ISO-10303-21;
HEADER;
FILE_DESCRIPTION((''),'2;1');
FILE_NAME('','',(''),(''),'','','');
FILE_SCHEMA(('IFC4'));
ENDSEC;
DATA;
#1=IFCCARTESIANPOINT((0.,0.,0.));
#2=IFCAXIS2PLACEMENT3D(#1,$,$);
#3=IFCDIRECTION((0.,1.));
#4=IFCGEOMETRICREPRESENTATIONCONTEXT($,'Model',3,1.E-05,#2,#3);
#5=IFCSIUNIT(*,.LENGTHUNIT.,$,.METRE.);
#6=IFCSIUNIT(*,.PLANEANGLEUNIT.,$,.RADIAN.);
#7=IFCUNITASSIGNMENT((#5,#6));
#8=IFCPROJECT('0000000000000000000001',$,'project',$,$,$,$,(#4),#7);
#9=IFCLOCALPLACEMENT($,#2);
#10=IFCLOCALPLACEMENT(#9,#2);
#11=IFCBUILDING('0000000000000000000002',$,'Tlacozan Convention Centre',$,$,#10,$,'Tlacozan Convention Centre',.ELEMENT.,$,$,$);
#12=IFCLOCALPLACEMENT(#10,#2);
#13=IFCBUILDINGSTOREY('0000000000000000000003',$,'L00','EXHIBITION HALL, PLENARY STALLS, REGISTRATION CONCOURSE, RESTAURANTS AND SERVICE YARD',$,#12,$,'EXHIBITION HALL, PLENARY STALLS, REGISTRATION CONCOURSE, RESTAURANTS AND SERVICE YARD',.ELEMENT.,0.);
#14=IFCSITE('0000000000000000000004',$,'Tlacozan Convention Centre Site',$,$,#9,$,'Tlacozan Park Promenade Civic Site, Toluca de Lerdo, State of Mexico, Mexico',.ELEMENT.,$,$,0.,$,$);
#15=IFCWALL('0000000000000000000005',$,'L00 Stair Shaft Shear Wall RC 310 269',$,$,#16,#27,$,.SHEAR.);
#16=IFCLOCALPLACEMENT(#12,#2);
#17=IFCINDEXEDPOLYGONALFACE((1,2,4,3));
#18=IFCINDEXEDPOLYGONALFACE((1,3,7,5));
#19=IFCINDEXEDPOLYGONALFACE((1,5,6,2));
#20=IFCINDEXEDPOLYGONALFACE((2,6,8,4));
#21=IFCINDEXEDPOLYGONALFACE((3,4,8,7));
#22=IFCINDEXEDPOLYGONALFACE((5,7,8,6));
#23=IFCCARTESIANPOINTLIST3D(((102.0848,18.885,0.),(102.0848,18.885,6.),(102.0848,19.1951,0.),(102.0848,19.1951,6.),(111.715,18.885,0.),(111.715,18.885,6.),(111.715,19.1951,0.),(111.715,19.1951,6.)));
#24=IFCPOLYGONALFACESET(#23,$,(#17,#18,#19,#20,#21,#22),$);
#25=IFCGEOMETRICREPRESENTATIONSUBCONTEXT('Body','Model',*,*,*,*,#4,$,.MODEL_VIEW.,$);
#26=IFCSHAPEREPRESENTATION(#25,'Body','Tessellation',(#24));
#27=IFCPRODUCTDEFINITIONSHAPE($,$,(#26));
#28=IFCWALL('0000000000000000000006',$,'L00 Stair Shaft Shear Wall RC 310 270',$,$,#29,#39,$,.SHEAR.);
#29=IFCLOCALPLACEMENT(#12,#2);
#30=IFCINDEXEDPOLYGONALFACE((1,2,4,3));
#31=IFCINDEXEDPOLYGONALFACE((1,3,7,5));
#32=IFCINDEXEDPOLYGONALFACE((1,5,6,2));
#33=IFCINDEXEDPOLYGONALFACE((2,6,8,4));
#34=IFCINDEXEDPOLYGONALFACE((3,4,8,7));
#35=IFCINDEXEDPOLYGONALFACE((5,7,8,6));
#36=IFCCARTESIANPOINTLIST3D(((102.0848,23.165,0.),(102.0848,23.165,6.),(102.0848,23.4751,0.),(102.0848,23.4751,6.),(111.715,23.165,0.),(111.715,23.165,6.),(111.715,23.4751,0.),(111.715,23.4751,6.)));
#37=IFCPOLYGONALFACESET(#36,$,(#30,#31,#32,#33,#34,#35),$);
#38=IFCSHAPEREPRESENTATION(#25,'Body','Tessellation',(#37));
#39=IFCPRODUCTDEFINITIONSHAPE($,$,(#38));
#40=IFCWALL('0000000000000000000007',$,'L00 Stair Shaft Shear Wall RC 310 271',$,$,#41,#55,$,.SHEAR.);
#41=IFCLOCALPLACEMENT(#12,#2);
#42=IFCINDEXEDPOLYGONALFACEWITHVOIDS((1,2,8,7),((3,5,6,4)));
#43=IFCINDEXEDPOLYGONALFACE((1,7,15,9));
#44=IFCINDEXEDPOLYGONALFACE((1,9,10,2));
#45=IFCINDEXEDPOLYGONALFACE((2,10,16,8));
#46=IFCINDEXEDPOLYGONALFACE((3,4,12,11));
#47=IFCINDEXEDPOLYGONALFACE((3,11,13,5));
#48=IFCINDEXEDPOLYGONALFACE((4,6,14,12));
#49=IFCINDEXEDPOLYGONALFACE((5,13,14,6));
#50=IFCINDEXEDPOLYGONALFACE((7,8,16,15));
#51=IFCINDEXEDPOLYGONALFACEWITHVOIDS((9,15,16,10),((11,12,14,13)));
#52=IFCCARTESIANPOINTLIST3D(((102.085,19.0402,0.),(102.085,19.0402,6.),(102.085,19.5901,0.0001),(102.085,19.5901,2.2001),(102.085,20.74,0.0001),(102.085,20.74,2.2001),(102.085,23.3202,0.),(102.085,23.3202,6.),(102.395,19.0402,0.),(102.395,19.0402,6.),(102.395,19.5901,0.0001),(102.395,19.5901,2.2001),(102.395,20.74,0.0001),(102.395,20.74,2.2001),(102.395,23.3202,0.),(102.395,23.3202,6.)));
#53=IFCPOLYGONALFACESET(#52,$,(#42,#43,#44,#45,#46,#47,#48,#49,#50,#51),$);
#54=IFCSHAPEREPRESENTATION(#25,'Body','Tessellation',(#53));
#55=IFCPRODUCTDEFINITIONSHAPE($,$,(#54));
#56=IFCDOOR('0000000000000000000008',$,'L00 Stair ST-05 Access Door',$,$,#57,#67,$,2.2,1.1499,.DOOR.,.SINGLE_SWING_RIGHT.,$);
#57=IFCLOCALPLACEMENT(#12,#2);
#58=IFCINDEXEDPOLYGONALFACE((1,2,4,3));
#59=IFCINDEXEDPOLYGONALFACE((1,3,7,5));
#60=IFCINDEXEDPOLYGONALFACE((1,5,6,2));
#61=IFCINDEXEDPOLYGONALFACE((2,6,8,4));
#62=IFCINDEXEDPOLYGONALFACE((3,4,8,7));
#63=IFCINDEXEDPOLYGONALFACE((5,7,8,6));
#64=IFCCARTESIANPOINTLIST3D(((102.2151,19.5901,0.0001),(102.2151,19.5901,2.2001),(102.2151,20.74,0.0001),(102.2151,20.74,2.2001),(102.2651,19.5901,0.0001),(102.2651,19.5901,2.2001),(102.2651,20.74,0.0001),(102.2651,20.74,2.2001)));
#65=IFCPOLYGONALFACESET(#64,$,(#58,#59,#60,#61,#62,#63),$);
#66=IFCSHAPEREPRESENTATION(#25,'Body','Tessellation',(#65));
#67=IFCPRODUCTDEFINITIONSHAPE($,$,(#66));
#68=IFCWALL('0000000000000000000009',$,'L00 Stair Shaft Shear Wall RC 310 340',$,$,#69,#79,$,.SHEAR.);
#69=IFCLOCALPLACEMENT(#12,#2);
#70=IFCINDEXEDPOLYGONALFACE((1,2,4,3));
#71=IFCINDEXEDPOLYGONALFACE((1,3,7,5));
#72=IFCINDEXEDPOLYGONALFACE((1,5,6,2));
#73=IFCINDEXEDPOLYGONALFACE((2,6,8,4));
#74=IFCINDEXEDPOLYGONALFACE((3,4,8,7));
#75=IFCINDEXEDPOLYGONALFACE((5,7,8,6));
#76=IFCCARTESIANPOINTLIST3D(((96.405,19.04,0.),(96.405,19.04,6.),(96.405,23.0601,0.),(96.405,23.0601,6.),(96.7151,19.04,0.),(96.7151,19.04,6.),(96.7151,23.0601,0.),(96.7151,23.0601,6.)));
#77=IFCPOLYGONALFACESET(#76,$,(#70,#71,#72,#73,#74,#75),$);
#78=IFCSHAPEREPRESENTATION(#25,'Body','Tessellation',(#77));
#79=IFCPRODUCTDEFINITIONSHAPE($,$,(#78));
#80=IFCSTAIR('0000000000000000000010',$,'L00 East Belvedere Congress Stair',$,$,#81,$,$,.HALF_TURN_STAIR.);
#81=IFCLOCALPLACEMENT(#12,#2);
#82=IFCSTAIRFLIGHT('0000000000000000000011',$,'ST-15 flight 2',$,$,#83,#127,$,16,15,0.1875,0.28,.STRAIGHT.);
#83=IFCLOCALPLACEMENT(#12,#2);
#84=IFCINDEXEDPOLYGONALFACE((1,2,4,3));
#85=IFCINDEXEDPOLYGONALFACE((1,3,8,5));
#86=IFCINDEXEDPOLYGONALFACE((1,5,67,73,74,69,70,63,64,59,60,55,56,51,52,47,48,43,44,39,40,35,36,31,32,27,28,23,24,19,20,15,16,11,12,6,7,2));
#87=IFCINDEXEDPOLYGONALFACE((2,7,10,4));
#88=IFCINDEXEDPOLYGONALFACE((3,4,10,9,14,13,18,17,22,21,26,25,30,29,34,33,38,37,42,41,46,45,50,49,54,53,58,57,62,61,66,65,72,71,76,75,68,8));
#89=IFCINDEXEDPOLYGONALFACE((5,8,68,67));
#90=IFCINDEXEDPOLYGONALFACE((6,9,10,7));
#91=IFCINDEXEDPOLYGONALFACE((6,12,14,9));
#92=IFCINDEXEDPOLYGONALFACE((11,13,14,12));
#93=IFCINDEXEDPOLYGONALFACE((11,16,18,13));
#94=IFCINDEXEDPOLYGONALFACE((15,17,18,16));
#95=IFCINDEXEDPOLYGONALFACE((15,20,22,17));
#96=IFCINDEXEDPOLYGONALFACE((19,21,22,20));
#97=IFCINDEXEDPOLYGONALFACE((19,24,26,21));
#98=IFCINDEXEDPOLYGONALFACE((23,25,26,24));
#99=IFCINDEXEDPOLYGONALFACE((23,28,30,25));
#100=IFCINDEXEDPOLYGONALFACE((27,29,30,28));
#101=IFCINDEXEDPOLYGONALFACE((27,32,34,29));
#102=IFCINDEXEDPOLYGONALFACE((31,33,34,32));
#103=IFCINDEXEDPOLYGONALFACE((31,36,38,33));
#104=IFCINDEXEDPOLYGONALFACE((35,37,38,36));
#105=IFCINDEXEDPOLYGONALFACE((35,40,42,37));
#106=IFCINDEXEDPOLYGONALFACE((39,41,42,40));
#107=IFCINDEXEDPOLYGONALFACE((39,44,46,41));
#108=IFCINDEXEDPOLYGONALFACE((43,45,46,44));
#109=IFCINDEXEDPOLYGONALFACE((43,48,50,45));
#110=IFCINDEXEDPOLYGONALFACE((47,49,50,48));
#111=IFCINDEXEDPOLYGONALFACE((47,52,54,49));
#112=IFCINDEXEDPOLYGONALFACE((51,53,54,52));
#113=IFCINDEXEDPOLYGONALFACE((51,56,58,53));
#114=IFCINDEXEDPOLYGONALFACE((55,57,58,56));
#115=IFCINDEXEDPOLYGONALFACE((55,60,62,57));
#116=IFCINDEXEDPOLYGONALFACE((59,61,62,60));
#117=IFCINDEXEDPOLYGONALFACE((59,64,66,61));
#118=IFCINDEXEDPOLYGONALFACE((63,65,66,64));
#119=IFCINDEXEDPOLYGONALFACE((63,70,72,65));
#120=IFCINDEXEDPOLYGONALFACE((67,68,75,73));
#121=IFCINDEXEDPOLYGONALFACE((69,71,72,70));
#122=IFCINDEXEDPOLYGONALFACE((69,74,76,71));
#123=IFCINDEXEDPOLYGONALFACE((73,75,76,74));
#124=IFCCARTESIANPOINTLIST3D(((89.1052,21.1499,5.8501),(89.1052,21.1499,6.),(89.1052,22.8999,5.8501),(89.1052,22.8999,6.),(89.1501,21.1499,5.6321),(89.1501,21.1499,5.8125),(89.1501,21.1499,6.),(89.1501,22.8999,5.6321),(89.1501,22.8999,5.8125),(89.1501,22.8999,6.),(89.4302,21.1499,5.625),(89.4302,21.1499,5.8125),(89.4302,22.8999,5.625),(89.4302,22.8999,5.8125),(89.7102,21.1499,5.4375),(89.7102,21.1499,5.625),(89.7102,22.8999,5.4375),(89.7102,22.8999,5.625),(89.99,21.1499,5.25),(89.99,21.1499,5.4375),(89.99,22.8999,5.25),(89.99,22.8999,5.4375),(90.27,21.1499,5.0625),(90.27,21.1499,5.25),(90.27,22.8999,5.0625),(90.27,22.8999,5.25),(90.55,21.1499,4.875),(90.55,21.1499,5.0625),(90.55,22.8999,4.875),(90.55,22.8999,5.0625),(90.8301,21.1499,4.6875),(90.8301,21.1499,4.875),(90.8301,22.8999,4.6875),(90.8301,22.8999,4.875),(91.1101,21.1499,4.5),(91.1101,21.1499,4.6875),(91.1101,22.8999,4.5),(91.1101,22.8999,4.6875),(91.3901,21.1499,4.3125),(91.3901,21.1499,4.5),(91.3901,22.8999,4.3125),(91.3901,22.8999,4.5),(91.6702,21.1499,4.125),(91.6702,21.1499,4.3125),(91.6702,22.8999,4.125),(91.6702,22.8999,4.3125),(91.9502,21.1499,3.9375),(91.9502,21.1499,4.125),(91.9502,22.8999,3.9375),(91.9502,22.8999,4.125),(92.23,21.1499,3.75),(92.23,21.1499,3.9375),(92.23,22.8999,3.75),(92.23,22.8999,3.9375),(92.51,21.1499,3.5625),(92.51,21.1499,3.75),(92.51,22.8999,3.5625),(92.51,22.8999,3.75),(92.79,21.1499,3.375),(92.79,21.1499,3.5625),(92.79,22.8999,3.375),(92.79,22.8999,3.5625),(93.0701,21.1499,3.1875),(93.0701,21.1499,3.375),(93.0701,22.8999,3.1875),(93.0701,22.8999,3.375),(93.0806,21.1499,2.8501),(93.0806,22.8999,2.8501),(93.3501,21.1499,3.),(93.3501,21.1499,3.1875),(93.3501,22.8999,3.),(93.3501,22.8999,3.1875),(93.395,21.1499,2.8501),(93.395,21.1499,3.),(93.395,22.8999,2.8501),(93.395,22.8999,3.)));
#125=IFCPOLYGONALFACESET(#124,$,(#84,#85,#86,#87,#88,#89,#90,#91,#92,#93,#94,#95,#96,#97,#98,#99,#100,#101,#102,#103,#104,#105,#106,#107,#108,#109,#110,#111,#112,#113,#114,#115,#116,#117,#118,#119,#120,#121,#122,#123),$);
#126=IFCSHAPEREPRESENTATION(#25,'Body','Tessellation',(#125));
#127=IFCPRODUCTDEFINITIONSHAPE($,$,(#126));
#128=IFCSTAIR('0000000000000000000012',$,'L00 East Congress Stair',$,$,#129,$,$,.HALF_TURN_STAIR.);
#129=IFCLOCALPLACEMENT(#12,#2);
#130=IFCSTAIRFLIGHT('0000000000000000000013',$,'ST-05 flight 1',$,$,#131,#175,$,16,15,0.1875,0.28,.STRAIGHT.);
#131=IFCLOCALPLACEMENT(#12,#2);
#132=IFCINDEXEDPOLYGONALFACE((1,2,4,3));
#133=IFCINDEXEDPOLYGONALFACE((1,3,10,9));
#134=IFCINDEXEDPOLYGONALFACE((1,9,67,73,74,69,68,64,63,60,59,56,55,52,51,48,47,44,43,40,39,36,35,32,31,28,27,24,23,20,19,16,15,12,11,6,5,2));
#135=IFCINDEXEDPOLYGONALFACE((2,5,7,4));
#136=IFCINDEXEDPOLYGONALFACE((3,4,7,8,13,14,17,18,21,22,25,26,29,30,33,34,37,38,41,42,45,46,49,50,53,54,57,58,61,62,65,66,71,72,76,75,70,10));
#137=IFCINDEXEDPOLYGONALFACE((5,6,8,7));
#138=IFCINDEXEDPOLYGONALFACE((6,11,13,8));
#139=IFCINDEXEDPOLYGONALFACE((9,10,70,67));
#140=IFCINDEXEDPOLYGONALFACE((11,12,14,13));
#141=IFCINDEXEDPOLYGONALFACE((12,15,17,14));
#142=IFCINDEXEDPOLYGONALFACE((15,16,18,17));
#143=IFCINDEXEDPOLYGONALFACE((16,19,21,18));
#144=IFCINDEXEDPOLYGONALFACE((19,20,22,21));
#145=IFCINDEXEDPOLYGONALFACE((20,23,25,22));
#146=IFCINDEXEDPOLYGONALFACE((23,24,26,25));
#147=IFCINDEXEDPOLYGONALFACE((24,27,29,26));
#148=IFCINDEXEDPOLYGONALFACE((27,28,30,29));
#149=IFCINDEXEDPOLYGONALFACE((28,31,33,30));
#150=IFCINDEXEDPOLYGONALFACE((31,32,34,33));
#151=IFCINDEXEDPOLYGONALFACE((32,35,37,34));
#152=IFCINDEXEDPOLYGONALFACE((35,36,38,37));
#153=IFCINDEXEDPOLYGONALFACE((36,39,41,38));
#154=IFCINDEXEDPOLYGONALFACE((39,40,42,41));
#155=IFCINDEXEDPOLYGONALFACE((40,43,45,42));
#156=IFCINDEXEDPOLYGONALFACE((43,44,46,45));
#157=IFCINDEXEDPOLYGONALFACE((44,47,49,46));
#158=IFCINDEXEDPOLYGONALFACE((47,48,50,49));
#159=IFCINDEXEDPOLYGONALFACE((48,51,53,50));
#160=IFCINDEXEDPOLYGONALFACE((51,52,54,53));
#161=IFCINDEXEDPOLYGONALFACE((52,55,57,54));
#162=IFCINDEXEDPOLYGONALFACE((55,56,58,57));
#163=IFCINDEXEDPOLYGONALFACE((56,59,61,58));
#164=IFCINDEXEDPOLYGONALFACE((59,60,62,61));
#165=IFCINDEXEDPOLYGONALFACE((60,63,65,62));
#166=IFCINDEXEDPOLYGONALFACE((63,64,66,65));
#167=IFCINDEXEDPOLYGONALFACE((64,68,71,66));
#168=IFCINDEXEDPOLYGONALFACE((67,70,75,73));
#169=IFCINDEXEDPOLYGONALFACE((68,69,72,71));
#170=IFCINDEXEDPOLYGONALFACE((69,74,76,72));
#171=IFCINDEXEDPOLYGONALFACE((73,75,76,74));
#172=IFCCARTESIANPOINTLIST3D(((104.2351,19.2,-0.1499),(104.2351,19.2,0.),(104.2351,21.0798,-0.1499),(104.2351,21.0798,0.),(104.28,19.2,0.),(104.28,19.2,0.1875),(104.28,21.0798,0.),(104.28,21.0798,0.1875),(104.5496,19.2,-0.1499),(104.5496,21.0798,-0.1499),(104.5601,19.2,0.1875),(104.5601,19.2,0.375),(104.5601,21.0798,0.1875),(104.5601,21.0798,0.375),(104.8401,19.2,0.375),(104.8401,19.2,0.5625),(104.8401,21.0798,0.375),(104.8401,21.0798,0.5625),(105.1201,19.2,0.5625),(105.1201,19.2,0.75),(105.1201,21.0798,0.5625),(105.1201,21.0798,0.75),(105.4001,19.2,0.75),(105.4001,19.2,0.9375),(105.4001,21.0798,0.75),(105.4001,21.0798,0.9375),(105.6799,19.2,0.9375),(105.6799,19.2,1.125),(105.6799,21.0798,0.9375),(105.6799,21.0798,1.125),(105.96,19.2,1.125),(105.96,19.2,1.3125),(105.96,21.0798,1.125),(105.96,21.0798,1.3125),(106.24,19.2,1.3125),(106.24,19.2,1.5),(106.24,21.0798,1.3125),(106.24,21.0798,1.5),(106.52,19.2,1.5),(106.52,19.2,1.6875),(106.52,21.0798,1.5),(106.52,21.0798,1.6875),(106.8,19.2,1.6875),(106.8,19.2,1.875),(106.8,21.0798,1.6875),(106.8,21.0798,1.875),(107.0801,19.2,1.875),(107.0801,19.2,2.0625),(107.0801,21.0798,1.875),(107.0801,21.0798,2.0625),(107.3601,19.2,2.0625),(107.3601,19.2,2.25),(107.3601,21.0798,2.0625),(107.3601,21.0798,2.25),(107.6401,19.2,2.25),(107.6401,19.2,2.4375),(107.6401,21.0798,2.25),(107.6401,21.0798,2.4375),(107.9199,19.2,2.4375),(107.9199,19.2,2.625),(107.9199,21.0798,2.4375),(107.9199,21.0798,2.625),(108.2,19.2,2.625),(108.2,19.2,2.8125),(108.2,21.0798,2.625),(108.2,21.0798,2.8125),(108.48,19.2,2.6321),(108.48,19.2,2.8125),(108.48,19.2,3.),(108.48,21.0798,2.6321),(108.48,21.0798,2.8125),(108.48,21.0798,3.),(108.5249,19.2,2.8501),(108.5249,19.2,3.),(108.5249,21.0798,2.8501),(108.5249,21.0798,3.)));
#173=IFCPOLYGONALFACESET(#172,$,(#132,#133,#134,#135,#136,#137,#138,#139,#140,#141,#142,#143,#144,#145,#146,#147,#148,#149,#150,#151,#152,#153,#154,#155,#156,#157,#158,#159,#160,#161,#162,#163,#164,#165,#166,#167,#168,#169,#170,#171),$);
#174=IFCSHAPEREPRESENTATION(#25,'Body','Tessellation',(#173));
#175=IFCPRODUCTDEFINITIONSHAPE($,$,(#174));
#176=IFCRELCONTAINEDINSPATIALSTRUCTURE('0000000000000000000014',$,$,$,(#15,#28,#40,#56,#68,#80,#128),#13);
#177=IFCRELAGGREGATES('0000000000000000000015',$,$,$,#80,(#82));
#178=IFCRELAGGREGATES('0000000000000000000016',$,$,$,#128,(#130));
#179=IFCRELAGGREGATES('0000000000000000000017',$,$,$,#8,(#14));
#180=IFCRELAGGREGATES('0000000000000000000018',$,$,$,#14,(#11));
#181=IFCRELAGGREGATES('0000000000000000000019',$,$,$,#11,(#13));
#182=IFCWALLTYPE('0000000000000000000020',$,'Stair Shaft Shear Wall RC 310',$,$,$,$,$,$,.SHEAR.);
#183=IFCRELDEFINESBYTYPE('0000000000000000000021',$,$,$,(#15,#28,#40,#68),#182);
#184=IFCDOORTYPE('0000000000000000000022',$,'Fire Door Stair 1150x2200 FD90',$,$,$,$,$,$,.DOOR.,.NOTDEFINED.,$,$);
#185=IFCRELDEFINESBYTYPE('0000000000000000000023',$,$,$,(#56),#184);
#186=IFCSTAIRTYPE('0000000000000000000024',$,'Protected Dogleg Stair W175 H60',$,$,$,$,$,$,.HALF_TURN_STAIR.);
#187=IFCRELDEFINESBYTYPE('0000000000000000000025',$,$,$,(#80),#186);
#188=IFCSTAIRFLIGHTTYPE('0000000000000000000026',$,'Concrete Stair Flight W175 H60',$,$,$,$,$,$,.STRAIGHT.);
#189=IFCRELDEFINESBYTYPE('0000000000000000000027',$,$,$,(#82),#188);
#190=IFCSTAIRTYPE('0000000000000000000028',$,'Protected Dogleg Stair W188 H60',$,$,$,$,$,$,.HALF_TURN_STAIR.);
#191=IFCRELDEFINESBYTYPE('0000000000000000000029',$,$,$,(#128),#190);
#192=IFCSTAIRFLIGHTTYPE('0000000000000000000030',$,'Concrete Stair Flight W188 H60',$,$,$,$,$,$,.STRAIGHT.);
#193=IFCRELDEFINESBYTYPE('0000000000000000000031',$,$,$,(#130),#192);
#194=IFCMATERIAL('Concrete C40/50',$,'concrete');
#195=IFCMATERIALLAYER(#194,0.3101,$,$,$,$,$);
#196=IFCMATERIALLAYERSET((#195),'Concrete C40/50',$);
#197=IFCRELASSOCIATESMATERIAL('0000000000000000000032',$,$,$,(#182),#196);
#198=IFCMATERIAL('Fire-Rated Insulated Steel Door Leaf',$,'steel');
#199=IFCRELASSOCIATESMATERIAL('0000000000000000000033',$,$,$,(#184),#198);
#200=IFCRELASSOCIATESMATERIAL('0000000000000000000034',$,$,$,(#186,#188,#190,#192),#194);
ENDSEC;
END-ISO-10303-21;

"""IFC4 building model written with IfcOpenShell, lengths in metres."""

from ifc_helpers import new_model, si_unit, direction, frame, frame_2d, origin, place, context, subcontext, project, spatial, polyline, rectangle, outline, extrude, material, layer, layer_set, type_object, element, fill, aggregate, save


model = new_model("IFC4")

# Units and contexts
model_context = context("Model", 3, precision=1e-05, world=origin(), true_north=direction((0.0, 1.0)))
body_context = subcontext(model_context, "Body", "Model", "MODEL_VIEW")
ifc_project = project(units=[si_unit("LENGTHUNIT", "METRE"), si_unit("PLANEANGLEUNIT", "RADIAN")], contexts=[model_context])

# Site, building, storey
site_placement = place(None, origin())
site = spatial("IfcSite", under=ifc_project, at=site_placement, Name="Tlacozan Convention Centre Site", LongName="Tlacozan Park Promenade Civic Site, Toluca de Lerdo, State of Mexico, Mexico", CompositionType="ELEMENT", RefElevation=0.0)
building_placement = place(site_placement, origin())
building = spatial("IfcBuilding", under=site, at=building_placement, Name="Tlacozan Convention Centre", LongName="Tlacozan Convention Centre", CompositionType="ELEMENT")
storey_placement = place(building_placement, origin())
storey = spatial("IfcBuildingStorey", under=building, at=storey_placement, Name="L00", Description="EXHIBITION HALL, PLENARY STALLS, REGISTRATION CONCOURSE, RESTAURANTS AND SERVICE YARD", LongName="EXHIBITION HALL, PLENARY STALLS, REGISTRATION CONCOURSE, RESTAURANTS AND SERVICE YARD", CompositionType="ELEMENT", Elevation=0.0)

# Shared definitions
ifc_material_1 = material(Name="Concrete C40/50", Category="concrete")

# Walls
ifc_layer_1 = layer(ifc_material_1, 0.3101)
ifc_layer_set_1 = layer_set([ifc_layer_1], Name="Concrete C40/50")
wall_type_1 = type_object("IfcWallType", Name="Stair Shaft Shear Wall RC 310", PredefinedType="SHEAR", material=ifc_layer_set_1)
for number, where, z_axis, x_axis, name in (
    (1, (102.085, 19.04, 0.0), (0.0, 0.0, 1.0), (1.0, 0.0, 0.0), "L00 Stair Shaft Shear Wall RC 310 269"),
    (2, (102.085, 23.3201, 0.0), (0.0, 0.0, 1.0), (1.0, 0.0, 0.0), "L00 Stair Shaft Shear Wall RC 310 270"),
):
    element("IfcWall", number, at=place(storey_placement, frame(where, z_axis=z_axis, x_axis=x_axis)), inside=storey, type_object=wall_type_1, Name=name, PredefinedType="SHEAR", context=body_context, shape_type="SweptSolid", body=[
        extrude(rectangle(XDim=9.6301, YDim=0.3101, at=frame_2d((4.8149, 0.0))), origin(), (0.0, 0.0, 1.0), 6.0),
    ])

# Wall, opening, door
wall_1_placement = place(storey_placement, frame((102.24, 19.04, 0.0), z_axis=(0.0, 0.0, 1.0), x_axis=(0.0, 1.0, 0.0)))
wall_1 = element("IfcWall", 3, at=wall_1_placement, inside=storey, type_object=wall_type_1, Name="L00 Stair Shaft Shear Wall RC 310 271", PredefinedType="SHEAR", context=body_context, shape_type="SweptSolid", body=[
    extrude(rectangle(XDim=4.28, YDim=0.3101, at=frame_2d((2.1401, 0.0))), origin(), (0.0, 0.0, 1.0), 6.0),
])
opening_1_placement = place(wall_1_placement, frame((0.55, 0.0, 0.0)))
opening_1 = element("IfcOpeningElement", 4, at=opening_1_placement, cuts=wall_1, PredefinedType="OPENING", context=body_context, shape_type="SweptSolid", body=[
    extrude(rectangle(XDim=1.1499, YDim=2.2, at=frame_2d((0.575, 1.1001))), frame((0.0, 0.165, 0.0), z_axis=(0.0, -1.0, 0.0), x_axis=(1.0, 0.0, 0.0)), (0.0, 0.0, 1.0), 0.3301),
])
ifc_material_2 = material(Name="Fire-Rated Insulated Steel Door Leaf", Category="steel")
door_type_1 = type_object("IfcDoorType", Name="Fire Door Stair 1150x2200 FD90", OperationType="NOTDEFINED", PredefinedType="DOOR", material=ifc_material_2)
door_1_placement = place(opening_1_placement, origin())
door_1 = element("IfcDoor", 5, at=door_1_placement, inside=storey, type_object=door_type_1, Name="L00 Stair ST-05 Access Door", OperationType="SINGLE_SWING_RIGHT", OverallHeight=2.2, OverallWidth=1.1499, PredefinedType="DOOR", context=body_context, shape_type="SweptSolid", body=[
    extrude(rectangle(XDim=1.1499, YDim=2.2, at=frame_2d((0.575, 1.1001))), frame((0.0, 0.0249, 0.0), z_axis=(0.0, -1.0, 0.0), x_axis=(1.0, 0.0, 0.0)), (0.0, 0.0, 1.0), 0.05),
])
fill(opening_1, door_1)

# Wall
wall_2_placement = place(storey_placement, frame((96.5601, 19.04, 0.0), z_axis=(0.0, 0.0, 1.0), x_axis=(0.0, 1.0, 0.0)))
element("IfcWall", 6, at=wall_2_placement, inside=storey, type_object=wall_type_1, Name="L00 Stair Shaft Shear Wall RC 310 340", PredefinedType="SHEAR", context=body_context, shape_type="SweptSolid", body=[
    extrude(rectangle(XDim=4.02, YDim=0.3101, at=frame_2d((2.01, 0.0))), origin(), (0.0, 0.0, 1.0), 6.0),
])

# Stair, stair flight
stair_type_1 = type_object("IfcStairType", Name="Protected Dogleg Stair W175 H60", PredefinedType="HALF_TURN_STAIR", material=ifc_material_1)
stair_1_placement = place(storey_placement, origin())
stair_1 = element("IfcStair", 7, at=stair_1_placement, inside=storey, type_object=stair_type_1, Name="L00 East Belvedere Congress Stair", PredefinedType="HALF_TURN_STAIR")
stair_flight_type_1 = type_object("IfcStairFlightType", Name="Concrete Stair Flight W175 H60", PredefinedType="STRAIGHT", material=ifc_material_1)
stair_flight_1_placement = place(storey_placement, frame((93.3501, 22.0249, 3.0), z_axis=(0.0, 0.0, 1.0), x_axis=(-1.0, 0.0, 0.0)))
stair_flight_1 = element("IfcStairFlight", 8, at=stair_flight_1_placement, type_object=stair_flight_type_1, Name="ST-15 flight 2", NumberOfRisers=16, NumberOfTreads=15, PredefinedType="STRAIGHT", RiserHeight=0.1875, TreadLength=0.28, context=body_context, shape_type="SweptSolid", body=[
    extrude(outline(polyline([(-0.0449, -0.1499), (-0.0449, 0.0), (0.0, 0.0), (0.0, 0.1875), (0.28, 0.1875), (0.28, 0.375), (0.5601, 0.375), (0.5601, 0.5625), (0.8401, 0.5625), (0.8401, 0.75), (1.1201, 0.75), (1.1201, 0.9375), (1.3999, 0.9375), (1.3999, 1.125), (1.6799, 1.125), (1.6799, 1.3125), (1.96, 1.3125), (1.96, 1.5), (2.24, 1.5), (2.24, 1.6875), (2.52, 1.6875), (2.52, 1.875), (2.8, 1.875), (2.8, 2.0625), (3.0801, 2.0625), (3.0801, 2.25), (3.3601, 2.25), (3.3601, 2.4375), (3.6399, 2.4375), (3.6399, 2.625), (3.9199, 2.625), (3.9199, 2.8125), (4.2, 2.8125), (4.2, 3.0), (4.2449, 3.0), (4.2449, 2.8501), (4.2, 2.6321), (0.2695, -0.1499), (-0.0449, -0.1499)])), frame((0.0, 0.875, 0.0), z_axis=(0.0, -1.0, 0.0), x_axis=(1.0, 0.0, 0.0)), (0.0, 0.0, 1.0), 1.75),
])
aggregate(stair_1, [stair_flight_1])

# Stair, stair flight
stair_type_2 = type_object("IfcStairType", Name="Protected Dogleg Stair W188 H60", PredefinedType="HALF_TURN_STAIR", material=ifc_material_1)
stair_2_placement = place(storey_placement, origin())
stair_2 = element("IfcStair", 9, at=stair_2_placement, inside=storey, type_object=stair_type_2, Name="L00 East Congress Stair", PredefinedType="HALF_TURN_STAIR")
stair_flight_type_2 = type_object("IfcStairFlightType", Name="Concrete Stair Flight W188 H60", PredefinedType="STRAIGHT", material=ifc_material_1)
stair_flight_2_placement = place(storey_placement, frame((104.28, 20.1399, 0.0), z_axis=(0.0, 0.0, 1.0), x_axis=(1.0, 0.0, 0.0)))
stair_flight_2 = element("IfcStairFlight", 10, at=stair_flight_2_placement, type_object=stair_flight_type_2, Name="ST-05 flight 1", NumberOfRisers=16, NumberOfTreads=15, PredefinedType="STRAIGHT", RiserHeight=0.1875, TreadLength=0.28, context=body_context, shape_type="SweptSolid", body=[
    extrude(outline(polyline([(-0.0449, -0.1499), (-0.0449, 0.0), (0.0, 0.0), (0.0, 0.1875), (0.28, 0.1875), (0.28, 0.375), (0.5601, 0.375), (0.5601, 0.5625), (0.8401, 0.5625), (0.8401, 0.75), (1.1201, 0.75), (1.1201, 0.9375), (1.3999, 0.9375), (1.3999, 1.125), (1.6799, 1.125), (1.6799, 1.3125), (1.96, 1.3125), (1.96, 1.5), (2.24, 1.5), (2.24, 1.6875), (2.52, 1.6875), (2.52, 1.875), (2.8, 1.875), (2.8, 2.0625), (3.0801, 2.0625), (3.0801, 2.25), (3.3601, 2.25), (3.3601, 2.4375), (3.6399, 2.4375), (3.6399, 2.625), (3.9199, 2.625), (3.9199, 2.8125), (4.2, 2.8125), (4.2, 3.0), (4.2449, 3.0), (4.2449, 2.8501), (4.2, 2.6321), (0.2695, -0.1499), (-0.0449, -0.1499)])), frame((0.0, 0.9399, 0.0), z_axis=(0.0, -1.0, 0.0), x_axis=(1.0, 0.0, 0.0)), (0.0, 0.0, 1.0), 1.8799),
])
aggregate(stair_2, [stair_flight_2])

save(model, "model.ifc")
